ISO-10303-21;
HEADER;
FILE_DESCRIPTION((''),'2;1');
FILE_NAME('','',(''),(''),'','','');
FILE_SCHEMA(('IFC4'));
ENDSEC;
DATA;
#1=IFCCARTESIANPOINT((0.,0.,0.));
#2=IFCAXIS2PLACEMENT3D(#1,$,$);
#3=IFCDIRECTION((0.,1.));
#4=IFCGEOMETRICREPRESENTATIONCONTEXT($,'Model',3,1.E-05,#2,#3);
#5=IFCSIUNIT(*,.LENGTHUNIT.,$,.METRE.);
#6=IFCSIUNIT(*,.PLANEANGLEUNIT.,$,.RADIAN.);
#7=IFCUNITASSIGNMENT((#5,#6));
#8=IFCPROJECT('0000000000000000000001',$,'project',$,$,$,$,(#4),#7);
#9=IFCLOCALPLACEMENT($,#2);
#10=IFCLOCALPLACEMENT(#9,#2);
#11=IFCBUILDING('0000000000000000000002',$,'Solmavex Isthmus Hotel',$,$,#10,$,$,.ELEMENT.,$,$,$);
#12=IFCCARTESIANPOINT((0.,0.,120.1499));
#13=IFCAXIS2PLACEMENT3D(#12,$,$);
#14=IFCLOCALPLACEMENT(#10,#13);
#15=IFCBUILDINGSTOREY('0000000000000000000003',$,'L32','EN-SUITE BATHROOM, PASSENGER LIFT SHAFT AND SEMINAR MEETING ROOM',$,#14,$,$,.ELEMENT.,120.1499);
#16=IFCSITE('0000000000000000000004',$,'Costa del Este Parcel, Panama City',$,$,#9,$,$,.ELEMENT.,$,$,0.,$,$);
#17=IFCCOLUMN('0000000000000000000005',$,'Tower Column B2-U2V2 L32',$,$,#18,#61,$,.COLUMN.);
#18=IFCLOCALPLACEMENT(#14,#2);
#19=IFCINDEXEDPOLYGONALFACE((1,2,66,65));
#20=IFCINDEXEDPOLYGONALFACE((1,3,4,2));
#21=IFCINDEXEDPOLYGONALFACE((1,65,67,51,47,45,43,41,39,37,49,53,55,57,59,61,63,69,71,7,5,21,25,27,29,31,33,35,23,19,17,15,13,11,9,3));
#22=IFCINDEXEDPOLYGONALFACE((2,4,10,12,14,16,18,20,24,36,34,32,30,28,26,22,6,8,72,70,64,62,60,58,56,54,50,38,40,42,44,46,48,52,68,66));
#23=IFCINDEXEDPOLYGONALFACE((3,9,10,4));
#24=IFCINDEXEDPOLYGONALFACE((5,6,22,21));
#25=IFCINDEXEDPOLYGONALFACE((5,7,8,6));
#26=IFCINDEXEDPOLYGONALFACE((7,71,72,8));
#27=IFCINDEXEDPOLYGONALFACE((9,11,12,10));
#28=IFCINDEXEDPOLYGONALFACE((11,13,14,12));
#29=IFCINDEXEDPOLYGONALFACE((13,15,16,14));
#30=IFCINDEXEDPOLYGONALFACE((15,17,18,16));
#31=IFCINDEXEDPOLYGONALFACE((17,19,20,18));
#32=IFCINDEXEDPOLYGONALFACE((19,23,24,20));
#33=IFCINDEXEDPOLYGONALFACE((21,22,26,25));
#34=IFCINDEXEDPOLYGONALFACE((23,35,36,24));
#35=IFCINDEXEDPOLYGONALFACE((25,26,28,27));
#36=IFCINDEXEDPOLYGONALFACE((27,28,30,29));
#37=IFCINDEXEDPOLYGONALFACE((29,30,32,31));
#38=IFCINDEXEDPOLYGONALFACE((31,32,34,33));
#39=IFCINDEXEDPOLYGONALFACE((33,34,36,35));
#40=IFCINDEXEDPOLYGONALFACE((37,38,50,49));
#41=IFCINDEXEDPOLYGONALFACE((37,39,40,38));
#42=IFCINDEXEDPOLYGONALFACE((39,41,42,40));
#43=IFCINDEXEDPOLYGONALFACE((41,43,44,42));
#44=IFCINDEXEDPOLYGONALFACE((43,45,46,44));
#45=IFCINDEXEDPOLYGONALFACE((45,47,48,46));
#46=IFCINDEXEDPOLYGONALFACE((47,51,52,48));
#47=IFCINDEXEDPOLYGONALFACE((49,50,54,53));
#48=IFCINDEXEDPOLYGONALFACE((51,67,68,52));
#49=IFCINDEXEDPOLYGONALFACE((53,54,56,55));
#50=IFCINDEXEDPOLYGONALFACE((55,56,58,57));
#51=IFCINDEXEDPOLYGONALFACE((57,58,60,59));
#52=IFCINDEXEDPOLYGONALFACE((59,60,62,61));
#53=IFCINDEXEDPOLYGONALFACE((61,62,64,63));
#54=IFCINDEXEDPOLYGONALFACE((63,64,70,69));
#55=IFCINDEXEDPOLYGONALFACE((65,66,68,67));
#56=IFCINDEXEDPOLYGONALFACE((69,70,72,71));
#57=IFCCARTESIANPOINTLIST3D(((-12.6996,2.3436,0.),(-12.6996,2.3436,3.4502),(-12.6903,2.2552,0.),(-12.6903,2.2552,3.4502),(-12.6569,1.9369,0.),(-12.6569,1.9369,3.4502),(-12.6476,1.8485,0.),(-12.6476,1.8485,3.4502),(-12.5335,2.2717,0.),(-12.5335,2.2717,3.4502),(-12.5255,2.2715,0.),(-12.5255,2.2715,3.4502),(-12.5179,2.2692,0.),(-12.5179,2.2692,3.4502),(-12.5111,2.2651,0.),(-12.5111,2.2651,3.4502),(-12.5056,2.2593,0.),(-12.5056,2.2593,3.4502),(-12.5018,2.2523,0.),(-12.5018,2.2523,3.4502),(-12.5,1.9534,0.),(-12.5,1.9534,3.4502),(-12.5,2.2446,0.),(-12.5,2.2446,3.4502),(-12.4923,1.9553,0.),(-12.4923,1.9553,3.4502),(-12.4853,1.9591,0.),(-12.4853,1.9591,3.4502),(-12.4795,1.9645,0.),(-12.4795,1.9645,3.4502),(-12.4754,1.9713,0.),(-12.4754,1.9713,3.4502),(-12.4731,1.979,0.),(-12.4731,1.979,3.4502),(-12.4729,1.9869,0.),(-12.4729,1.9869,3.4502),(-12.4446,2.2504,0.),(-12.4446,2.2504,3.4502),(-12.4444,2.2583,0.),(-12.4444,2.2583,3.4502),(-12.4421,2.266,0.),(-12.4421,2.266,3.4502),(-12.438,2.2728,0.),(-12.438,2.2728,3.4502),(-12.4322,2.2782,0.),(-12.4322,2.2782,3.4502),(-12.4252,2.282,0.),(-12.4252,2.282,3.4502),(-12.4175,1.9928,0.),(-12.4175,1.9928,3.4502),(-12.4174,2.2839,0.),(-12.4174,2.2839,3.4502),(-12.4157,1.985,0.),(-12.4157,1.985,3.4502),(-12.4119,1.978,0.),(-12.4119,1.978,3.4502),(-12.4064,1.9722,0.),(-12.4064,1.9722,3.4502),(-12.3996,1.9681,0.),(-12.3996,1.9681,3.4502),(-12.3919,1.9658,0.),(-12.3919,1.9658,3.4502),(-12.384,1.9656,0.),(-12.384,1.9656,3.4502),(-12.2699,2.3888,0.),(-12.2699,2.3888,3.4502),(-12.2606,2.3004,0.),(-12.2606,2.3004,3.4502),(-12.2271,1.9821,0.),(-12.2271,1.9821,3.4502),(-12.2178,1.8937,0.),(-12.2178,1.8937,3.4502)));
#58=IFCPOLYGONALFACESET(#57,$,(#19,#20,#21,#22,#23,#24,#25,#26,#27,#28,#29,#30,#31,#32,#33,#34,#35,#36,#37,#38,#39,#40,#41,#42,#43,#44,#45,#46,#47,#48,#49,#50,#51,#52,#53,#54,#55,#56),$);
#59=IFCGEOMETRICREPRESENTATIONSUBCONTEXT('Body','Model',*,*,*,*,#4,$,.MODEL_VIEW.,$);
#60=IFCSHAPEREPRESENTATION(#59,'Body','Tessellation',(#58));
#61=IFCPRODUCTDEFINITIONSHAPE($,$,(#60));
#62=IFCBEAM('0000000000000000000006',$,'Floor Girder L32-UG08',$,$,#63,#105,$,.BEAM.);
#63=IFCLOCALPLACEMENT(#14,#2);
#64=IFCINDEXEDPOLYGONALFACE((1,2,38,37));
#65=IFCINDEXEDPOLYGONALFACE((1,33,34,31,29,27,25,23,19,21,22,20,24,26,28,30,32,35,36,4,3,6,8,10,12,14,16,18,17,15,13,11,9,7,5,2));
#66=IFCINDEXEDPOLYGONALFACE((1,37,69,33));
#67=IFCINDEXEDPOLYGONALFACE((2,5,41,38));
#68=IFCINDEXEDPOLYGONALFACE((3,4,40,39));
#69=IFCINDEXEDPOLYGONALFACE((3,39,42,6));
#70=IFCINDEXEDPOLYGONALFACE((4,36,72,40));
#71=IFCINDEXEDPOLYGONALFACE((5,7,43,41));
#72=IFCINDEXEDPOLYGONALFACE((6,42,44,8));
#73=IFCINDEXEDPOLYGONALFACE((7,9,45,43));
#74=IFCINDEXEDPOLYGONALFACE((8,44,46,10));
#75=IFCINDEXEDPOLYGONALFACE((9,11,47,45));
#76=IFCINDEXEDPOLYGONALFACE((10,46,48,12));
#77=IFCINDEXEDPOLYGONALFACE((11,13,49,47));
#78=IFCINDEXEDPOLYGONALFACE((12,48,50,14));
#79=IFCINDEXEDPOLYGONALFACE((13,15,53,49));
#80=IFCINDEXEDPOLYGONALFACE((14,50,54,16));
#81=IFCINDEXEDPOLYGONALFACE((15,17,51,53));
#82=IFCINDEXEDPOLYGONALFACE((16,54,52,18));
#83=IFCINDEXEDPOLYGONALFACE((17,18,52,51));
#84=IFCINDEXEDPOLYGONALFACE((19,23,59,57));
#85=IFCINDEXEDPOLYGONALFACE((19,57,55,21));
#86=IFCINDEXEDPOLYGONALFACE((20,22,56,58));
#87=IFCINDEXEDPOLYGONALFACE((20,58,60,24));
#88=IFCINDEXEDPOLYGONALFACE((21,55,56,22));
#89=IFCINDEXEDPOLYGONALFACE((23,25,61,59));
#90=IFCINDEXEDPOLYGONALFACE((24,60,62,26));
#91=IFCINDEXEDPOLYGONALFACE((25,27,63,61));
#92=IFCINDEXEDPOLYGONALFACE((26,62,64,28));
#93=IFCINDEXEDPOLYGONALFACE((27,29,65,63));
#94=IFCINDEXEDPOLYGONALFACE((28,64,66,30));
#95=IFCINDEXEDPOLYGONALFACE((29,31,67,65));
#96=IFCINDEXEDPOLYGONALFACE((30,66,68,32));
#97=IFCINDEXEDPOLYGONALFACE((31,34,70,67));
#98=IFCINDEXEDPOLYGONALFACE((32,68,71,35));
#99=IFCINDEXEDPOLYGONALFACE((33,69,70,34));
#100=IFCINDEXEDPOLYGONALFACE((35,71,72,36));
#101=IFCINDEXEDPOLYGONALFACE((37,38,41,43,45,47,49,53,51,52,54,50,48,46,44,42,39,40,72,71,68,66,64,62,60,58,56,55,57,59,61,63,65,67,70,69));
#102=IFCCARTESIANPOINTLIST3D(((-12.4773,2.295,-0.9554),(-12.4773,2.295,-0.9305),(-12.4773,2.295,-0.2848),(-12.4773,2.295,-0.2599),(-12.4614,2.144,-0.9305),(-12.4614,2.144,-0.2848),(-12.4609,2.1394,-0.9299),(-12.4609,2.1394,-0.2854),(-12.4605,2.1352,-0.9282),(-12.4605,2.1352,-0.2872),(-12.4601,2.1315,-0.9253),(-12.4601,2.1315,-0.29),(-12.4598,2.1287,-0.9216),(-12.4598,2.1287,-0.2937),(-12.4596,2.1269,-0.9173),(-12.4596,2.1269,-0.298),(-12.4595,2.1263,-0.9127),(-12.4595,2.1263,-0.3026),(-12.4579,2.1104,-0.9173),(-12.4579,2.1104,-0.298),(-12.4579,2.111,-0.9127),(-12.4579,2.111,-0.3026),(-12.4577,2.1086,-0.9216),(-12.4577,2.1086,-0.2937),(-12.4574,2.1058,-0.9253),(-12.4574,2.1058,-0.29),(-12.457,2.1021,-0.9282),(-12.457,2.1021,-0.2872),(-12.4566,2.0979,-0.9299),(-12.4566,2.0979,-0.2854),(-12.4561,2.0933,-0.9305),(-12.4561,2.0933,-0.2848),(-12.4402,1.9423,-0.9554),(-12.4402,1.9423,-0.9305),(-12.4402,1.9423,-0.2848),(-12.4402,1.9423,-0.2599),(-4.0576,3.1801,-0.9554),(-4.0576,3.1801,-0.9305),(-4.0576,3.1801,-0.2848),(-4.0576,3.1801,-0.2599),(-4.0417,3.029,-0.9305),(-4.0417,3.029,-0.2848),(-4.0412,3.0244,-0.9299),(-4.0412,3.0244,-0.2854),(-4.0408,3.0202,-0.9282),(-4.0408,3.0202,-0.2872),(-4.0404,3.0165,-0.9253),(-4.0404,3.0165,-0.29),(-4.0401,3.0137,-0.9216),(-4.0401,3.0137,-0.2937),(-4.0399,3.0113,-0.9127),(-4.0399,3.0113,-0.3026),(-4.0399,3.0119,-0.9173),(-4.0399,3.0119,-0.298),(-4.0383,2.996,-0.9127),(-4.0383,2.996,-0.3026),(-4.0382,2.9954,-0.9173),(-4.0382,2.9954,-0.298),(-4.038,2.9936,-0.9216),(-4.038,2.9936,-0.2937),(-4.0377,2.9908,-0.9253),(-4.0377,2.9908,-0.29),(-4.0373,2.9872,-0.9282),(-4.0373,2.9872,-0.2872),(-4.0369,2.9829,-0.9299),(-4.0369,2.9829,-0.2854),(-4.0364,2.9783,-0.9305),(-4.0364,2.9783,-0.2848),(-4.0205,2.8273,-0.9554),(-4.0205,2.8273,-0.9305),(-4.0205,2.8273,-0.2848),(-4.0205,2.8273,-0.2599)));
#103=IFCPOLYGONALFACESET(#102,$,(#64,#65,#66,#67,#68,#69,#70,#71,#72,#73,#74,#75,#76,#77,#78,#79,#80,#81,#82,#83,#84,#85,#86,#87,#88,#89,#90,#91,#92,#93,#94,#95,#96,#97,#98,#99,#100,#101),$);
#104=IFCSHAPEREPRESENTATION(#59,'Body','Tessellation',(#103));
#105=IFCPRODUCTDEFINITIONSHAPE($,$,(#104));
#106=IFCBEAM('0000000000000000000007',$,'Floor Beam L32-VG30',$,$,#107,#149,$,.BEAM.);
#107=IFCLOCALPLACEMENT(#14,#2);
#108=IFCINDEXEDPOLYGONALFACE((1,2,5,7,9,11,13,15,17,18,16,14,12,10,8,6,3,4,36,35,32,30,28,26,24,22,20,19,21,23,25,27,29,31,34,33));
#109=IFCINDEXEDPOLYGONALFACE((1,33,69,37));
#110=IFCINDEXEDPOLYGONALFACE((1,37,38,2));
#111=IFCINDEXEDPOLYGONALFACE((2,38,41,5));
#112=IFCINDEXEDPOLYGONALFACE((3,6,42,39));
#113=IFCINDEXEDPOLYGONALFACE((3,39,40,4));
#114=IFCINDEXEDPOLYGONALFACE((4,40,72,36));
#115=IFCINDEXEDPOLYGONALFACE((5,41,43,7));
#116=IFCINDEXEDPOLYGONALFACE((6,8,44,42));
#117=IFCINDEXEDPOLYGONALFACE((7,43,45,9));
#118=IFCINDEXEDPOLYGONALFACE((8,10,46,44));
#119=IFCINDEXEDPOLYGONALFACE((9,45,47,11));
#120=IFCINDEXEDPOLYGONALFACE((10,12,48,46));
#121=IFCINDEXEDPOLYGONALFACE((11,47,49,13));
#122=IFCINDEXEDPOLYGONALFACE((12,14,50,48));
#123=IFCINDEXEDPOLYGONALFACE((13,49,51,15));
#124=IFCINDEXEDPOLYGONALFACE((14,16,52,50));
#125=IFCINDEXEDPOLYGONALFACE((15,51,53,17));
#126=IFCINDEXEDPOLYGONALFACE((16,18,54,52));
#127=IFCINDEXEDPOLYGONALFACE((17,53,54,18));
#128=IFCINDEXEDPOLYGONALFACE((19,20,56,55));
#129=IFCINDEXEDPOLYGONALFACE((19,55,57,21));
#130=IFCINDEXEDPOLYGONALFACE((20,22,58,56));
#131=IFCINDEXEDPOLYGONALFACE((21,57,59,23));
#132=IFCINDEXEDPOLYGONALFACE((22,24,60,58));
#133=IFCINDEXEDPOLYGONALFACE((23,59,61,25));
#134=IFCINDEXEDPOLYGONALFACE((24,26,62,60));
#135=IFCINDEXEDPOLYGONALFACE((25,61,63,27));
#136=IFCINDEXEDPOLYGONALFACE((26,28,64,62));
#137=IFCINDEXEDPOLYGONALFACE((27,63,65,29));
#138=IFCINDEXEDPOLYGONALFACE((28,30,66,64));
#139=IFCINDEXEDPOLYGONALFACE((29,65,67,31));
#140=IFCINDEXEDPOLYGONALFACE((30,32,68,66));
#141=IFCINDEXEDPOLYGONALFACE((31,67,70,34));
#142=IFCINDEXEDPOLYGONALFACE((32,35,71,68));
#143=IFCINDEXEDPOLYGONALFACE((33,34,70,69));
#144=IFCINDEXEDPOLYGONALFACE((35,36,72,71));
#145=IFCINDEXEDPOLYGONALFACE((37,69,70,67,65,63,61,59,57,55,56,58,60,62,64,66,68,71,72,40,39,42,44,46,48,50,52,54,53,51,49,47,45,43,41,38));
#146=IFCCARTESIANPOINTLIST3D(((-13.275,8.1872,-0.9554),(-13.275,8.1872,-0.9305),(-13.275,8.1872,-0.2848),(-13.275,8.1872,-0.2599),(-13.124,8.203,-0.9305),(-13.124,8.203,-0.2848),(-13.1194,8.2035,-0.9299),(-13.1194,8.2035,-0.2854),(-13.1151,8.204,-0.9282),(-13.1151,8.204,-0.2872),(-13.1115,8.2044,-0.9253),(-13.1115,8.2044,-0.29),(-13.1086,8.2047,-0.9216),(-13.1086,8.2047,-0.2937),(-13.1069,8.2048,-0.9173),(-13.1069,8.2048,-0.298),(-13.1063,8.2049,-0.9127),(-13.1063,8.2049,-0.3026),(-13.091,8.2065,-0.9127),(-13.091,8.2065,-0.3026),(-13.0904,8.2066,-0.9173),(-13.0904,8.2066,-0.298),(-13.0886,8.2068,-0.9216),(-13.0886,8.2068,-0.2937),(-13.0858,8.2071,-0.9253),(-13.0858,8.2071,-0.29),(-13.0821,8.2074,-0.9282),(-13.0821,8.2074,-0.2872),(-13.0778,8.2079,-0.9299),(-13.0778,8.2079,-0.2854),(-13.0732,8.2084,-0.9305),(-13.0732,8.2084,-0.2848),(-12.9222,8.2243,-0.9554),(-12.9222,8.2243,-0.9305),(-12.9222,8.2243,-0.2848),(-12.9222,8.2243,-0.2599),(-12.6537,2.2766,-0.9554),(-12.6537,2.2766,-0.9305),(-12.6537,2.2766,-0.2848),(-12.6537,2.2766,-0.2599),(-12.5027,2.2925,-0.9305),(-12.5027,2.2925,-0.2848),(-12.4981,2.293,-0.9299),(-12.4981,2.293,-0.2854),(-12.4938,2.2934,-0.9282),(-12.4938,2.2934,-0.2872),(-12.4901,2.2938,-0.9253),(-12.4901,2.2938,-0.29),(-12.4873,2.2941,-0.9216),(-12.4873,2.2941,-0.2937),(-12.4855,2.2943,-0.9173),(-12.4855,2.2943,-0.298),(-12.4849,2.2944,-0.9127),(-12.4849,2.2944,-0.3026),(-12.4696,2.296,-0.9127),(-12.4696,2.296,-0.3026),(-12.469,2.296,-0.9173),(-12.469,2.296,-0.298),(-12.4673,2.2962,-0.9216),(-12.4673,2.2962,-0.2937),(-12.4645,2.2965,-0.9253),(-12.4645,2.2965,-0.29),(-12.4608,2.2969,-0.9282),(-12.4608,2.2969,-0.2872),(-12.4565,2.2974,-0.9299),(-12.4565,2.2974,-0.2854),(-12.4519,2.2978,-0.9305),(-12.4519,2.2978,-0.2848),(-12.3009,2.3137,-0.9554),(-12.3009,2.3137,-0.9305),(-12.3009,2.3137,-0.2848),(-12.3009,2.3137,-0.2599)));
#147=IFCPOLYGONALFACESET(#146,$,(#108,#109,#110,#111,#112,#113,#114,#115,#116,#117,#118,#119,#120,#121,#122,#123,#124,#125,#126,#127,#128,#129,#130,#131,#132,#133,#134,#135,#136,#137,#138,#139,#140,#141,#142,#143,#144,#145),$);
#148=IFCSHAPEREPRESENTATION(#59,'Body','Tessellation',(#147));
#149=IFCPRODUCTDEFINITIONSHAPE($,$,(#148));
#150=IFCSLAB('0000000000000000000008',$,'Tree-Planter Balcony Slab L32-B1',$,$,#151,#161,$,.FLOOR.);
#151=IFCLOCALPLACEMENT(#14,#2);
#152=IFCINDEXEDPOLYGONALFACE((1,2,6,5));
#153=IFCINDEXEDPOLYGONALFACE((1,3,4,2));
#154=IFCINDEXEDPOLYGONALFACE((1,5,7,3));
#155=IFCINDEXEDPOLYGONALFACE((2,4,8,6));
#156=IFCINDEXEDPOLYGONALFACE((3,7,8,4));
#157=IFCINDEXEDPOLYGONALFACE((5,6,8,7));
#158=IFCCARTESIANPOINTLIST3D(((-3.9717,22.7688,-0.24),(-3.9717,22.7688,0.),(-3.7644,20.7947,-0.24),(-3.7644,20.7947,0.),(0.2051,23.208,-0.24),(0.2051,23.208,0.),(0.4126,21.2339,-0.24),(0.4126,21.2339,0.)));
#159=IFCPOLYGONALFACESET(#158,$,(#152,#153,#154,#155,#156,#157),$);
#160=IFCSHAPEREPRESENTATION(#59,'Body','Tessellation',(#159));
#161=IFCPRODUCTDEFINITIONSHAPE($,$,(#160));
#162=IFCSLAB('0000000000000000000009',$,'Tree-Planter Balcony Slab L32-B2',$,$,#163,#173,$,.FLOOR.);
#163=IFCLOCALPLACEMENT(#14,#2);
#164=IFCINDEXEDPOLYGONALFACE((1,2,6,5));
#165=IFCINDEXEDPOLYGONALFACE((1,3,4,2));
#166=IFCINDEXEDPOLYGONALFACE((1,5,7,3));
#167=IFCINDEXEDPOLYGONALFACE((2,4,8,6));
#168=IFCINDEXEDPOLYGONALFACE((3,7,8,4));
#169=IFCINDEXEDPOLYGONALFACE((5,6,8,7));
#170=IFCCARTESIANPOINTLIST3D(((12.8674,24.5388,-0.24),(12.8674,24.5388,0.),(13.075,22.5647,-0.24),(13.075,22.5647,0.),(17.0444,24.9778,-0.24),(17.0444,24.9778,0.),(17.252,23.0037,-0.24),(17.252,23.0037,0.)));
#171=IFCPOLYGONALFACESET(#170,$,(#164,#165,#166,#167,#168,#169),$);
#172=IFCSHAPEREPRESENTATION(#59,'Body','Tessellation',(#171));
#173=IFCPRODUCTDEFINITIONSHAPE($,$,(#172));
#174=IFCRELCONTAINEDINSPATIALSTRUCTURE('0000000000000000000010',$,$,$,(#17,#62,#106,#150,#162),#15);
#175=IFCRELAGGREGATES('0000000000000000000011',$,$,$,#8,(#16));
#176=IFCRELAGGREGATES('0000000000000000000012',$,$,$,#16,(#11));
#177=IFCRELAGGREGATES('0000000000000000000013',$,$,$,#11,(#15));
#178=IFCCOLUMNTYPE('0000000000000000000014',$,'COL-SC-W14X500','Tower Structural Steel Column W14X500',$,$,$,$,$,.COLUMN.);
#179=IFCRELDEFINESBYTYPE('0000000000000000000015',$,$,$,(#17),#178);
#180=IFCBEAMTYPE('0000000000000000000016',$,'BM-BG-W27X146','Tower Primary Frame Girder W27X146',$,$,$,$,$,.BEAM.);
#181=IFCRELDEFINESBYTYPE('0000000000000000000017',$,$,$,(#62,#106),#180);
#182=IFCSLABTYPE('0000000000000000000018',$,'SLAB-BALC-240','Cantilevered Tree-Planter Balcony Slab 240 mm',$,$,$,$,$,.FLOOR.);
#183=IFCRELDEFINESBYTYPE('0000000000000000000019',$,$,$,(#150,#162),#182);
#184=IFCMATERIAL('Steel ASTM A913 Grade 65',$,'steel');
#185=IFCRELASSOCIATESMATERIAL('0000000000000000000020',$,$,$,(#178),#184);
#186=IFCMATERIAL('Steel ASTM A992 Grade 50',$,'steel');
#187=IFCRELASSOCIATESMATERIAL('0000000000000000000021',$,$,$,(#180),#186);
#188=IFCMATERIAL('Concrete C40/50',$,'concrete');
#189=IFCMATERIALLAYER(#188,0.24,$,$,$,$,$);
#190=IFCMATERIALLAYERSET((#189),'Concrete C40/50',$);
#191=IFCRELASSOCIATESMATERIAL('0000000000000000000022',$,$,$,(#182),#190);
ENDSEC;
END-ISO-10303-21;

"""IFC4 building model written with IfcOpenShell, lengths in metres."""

from ifc_helpers import new_model, si_unit, direction, frame, origin, origin_2d, place, context, subcontext, project, spatial, polyline, i_section, outline, extrude, material, layer, layer_set, material_profile, profile_set, type_object, element, save


model = new_model("IFC4")

# Units and contexts
model_context = context("Model", 3, precision=1e-05, world=origin(), true_north=direction((0.0, 1.0)))
body_context = subcontext(model_context, "Body", "Model", "MODEL_VIEW")
ifc_project = project(units=[si_unit("LENGTHUNIT", "METRE"), si_unit("PLANEANGLEUNIT", "RADIAN")], contexts=[model_context])

# Site, building, storey
site_placement = place(None, origin())
site = spatial("IfcSite", under=ifc_project, at=site_placement, Name="Costa del Este Parcel, Panama City", CompositionType="ELEMENT", RefElevation=0.0)
building_placement = place(site_placement, origin())
building = spatial("IfcBuilding", under=site, at=building_placement, Name="Solmavex Isthmus Hotel", CompositionType="ELEMENT")
storey_placement = place(building_placement, frame((0.0, 0.0, 120.1499)))
storey = spatial("IfcBuildingStorey", under=building, at=storey_placement, Name="L32", Description="EN-SUITE BATHROOM, PASSENGER LIFT SHAFT AND SEMINAR MEETING ROOM", CompositionType="ELEMENT", Elevation=120.1499)

# Column
ifc_material_1 = material(Name="Steel ASTM A913 Grade 65", Category="steel")
ifc_material_profile_1 = material_profile(ifc_material_1, i_section(OverallWidth=0.4321, OverallDepth=0.4978, WebThickness=0.0557, FlangeThickness=0.0889, FilletRadius=0.0305, at=origin_2d()), Name="W14X500")
ifc_profile_set_1 = profile_set([ifc_material_profile_1], Name="Steel ASTM A913 Grade 65")
column_type = type_object("IfcColumnType", Name="COL-SC-W14X500", Description="Tower Structural Steel Column W14X500", PredefinedType="COLUMN", material=ifc_profile_set_1)
column_placement = place(storey_placement, frame((-12.4587, 2.1187, 0.0), z_axis=(0.0, 0.0, 1.0), x_axis=(0.994522, 0.104528, 0.0)))
element("IfcColumn", 1, at=column_placement, inside=storey, type_object=column_type, Name="Tower Column B2-U2V2 L32", PredefinedType="COLUMN", context=body_context, shape_type="SweptSolid", body=[
    extrude(i_section(OverallWidth=0.4321, OverallDepth=0.4978, WebThickness=0.0557, FlangeThickness=0.0889, FilletRadius=0.0305, at=origin_2d()), origin(), (0.0, 0.0, 1.0), 3.4502),
])

# Beams
ifc_material_2 = material(Name="Steel ASTM A992 Grade 50", Category="steel")
ifc_material_profile_2 = material_profile(ifc_material_2, i_section(OverallWidth=0.3547, OverallDepth=0.6956, WebThickness=0.0154, FlangeThickness=0.0249, FilletRadius=0.0178, at=origin_2d()), Name="W27X146")
ifc_profile_set_2 = profile_set([ifc_material_profile_2], Name="Steel ASTM A992 Grade 50")
beam_type = type_object("IfcBeamType", Name="BM-BG-W27X146", Description="Tower Primary Frame Girder W27X146", PredefinedType="BEAM", material=ifc_profile_set_2)
beam_1_placement = place(storey_placement, frame((-12.4587, 2.1187, -0.6077), z_axis=(0.994521, 0.104536, 0.0), x_axis=(-0.104536, 0.994521, 0.0)))
element("IfcBeam", 2, at=beam_1_placement, inside=storey, type_object=beam_type, Name="Floor Girder L32-UG08", PredefinedType="BEAM", context=body_context, shape_type="SweptSolid", body=[
    extrude(i_section(OverallWidth=0.3547, OverallDepth=0.6956, WebThickness=0.0154, FlangeThickness=0.0249, FilletRadius=0.0178, at=origin_2d()), origin(), (0.0, 0.0, 1.0), 8.4661),
])
beam_2_placement = place(storey_placement, frame((-12.4773, 2.2952, -0.6077), z_axis=(-0.104546, 0.99452, 0.0), x_axis=(-0.99452, -0.104546, 0.0)))
element("IfcBeam", 3, at=beam_2_placement, inside=storey, type_object=beam_type, Name="Floor Beam L32-VG30", PredefinedType="BEAM", context=body_context, shape_type="SweptSolid", body=[
    extrude(i_section(OverallWidth=0.3547, OverallDepth=0.6956, WebThickness=0.0154, FlangeThickness=0.0249, FilletRadius=0.0178, at=origin_2d()), origin(), (0.0, 0.0, 1.0), 5.9431),
])

# Slabs
ifc_material_3 = material(Name="Concrete C40/50", Category="concrete")
ifc_layer_1 = layer(ifc_material_3, 0.24)
ifc_layer_set_1 = layer_set([ifc_layer_1], Name="Concrete C40/50")
slab_type_1 = type_object("IfcSlabType", Name="SLAB-BALC-240", Description="Cantilevered Tree-Planter Balcony Slab 240 mm", PredefinedType="FLOOR", material=ifc_layer_set_1)
slab_1_placement = place(storey_placement, frame((0.0, 0.0, -0.24)))
element("IfcSlab", 4, at=slab_1_placement, inside=storey, type_object=slab_type_1, Name="Tree-Planter Balcony Slab L32-B1", PredefinedType="FLOOR", context=body_context, shape_type="SweptSolid", body=[
    extrude(outline(polyline([(-3.7644, 20.7947), (0.4126, 21.2339), (0.2051, 23.208), (-3.9717, 22.7688), (-3.7644, 20.7947)])), origin(), (0.0, 0.0, 1.0), 0.24),
])
slab_2_placement = place(storey_placement, frame((0.0, 0.0, -0.24)))
element("IfcSlab", 5, at=slab_2_placement, inside=storey, type_object=slab_type_1, Name="Tree-Planter Balcony Slab L32-B2", PredefinedType="FLOOR", context=body_context, shape_type="SweptSolid", body=[
    extrude(outline(polyline([(13.075, 22.5647), (17.252, 23.0037), (17.0444, 24.9778), (12.8674, 24.5388), (13.075, 22.5647)])), origin(), (0.0, 0.0, 1.0), 0.24),
])

save(model, "model.ifc")
